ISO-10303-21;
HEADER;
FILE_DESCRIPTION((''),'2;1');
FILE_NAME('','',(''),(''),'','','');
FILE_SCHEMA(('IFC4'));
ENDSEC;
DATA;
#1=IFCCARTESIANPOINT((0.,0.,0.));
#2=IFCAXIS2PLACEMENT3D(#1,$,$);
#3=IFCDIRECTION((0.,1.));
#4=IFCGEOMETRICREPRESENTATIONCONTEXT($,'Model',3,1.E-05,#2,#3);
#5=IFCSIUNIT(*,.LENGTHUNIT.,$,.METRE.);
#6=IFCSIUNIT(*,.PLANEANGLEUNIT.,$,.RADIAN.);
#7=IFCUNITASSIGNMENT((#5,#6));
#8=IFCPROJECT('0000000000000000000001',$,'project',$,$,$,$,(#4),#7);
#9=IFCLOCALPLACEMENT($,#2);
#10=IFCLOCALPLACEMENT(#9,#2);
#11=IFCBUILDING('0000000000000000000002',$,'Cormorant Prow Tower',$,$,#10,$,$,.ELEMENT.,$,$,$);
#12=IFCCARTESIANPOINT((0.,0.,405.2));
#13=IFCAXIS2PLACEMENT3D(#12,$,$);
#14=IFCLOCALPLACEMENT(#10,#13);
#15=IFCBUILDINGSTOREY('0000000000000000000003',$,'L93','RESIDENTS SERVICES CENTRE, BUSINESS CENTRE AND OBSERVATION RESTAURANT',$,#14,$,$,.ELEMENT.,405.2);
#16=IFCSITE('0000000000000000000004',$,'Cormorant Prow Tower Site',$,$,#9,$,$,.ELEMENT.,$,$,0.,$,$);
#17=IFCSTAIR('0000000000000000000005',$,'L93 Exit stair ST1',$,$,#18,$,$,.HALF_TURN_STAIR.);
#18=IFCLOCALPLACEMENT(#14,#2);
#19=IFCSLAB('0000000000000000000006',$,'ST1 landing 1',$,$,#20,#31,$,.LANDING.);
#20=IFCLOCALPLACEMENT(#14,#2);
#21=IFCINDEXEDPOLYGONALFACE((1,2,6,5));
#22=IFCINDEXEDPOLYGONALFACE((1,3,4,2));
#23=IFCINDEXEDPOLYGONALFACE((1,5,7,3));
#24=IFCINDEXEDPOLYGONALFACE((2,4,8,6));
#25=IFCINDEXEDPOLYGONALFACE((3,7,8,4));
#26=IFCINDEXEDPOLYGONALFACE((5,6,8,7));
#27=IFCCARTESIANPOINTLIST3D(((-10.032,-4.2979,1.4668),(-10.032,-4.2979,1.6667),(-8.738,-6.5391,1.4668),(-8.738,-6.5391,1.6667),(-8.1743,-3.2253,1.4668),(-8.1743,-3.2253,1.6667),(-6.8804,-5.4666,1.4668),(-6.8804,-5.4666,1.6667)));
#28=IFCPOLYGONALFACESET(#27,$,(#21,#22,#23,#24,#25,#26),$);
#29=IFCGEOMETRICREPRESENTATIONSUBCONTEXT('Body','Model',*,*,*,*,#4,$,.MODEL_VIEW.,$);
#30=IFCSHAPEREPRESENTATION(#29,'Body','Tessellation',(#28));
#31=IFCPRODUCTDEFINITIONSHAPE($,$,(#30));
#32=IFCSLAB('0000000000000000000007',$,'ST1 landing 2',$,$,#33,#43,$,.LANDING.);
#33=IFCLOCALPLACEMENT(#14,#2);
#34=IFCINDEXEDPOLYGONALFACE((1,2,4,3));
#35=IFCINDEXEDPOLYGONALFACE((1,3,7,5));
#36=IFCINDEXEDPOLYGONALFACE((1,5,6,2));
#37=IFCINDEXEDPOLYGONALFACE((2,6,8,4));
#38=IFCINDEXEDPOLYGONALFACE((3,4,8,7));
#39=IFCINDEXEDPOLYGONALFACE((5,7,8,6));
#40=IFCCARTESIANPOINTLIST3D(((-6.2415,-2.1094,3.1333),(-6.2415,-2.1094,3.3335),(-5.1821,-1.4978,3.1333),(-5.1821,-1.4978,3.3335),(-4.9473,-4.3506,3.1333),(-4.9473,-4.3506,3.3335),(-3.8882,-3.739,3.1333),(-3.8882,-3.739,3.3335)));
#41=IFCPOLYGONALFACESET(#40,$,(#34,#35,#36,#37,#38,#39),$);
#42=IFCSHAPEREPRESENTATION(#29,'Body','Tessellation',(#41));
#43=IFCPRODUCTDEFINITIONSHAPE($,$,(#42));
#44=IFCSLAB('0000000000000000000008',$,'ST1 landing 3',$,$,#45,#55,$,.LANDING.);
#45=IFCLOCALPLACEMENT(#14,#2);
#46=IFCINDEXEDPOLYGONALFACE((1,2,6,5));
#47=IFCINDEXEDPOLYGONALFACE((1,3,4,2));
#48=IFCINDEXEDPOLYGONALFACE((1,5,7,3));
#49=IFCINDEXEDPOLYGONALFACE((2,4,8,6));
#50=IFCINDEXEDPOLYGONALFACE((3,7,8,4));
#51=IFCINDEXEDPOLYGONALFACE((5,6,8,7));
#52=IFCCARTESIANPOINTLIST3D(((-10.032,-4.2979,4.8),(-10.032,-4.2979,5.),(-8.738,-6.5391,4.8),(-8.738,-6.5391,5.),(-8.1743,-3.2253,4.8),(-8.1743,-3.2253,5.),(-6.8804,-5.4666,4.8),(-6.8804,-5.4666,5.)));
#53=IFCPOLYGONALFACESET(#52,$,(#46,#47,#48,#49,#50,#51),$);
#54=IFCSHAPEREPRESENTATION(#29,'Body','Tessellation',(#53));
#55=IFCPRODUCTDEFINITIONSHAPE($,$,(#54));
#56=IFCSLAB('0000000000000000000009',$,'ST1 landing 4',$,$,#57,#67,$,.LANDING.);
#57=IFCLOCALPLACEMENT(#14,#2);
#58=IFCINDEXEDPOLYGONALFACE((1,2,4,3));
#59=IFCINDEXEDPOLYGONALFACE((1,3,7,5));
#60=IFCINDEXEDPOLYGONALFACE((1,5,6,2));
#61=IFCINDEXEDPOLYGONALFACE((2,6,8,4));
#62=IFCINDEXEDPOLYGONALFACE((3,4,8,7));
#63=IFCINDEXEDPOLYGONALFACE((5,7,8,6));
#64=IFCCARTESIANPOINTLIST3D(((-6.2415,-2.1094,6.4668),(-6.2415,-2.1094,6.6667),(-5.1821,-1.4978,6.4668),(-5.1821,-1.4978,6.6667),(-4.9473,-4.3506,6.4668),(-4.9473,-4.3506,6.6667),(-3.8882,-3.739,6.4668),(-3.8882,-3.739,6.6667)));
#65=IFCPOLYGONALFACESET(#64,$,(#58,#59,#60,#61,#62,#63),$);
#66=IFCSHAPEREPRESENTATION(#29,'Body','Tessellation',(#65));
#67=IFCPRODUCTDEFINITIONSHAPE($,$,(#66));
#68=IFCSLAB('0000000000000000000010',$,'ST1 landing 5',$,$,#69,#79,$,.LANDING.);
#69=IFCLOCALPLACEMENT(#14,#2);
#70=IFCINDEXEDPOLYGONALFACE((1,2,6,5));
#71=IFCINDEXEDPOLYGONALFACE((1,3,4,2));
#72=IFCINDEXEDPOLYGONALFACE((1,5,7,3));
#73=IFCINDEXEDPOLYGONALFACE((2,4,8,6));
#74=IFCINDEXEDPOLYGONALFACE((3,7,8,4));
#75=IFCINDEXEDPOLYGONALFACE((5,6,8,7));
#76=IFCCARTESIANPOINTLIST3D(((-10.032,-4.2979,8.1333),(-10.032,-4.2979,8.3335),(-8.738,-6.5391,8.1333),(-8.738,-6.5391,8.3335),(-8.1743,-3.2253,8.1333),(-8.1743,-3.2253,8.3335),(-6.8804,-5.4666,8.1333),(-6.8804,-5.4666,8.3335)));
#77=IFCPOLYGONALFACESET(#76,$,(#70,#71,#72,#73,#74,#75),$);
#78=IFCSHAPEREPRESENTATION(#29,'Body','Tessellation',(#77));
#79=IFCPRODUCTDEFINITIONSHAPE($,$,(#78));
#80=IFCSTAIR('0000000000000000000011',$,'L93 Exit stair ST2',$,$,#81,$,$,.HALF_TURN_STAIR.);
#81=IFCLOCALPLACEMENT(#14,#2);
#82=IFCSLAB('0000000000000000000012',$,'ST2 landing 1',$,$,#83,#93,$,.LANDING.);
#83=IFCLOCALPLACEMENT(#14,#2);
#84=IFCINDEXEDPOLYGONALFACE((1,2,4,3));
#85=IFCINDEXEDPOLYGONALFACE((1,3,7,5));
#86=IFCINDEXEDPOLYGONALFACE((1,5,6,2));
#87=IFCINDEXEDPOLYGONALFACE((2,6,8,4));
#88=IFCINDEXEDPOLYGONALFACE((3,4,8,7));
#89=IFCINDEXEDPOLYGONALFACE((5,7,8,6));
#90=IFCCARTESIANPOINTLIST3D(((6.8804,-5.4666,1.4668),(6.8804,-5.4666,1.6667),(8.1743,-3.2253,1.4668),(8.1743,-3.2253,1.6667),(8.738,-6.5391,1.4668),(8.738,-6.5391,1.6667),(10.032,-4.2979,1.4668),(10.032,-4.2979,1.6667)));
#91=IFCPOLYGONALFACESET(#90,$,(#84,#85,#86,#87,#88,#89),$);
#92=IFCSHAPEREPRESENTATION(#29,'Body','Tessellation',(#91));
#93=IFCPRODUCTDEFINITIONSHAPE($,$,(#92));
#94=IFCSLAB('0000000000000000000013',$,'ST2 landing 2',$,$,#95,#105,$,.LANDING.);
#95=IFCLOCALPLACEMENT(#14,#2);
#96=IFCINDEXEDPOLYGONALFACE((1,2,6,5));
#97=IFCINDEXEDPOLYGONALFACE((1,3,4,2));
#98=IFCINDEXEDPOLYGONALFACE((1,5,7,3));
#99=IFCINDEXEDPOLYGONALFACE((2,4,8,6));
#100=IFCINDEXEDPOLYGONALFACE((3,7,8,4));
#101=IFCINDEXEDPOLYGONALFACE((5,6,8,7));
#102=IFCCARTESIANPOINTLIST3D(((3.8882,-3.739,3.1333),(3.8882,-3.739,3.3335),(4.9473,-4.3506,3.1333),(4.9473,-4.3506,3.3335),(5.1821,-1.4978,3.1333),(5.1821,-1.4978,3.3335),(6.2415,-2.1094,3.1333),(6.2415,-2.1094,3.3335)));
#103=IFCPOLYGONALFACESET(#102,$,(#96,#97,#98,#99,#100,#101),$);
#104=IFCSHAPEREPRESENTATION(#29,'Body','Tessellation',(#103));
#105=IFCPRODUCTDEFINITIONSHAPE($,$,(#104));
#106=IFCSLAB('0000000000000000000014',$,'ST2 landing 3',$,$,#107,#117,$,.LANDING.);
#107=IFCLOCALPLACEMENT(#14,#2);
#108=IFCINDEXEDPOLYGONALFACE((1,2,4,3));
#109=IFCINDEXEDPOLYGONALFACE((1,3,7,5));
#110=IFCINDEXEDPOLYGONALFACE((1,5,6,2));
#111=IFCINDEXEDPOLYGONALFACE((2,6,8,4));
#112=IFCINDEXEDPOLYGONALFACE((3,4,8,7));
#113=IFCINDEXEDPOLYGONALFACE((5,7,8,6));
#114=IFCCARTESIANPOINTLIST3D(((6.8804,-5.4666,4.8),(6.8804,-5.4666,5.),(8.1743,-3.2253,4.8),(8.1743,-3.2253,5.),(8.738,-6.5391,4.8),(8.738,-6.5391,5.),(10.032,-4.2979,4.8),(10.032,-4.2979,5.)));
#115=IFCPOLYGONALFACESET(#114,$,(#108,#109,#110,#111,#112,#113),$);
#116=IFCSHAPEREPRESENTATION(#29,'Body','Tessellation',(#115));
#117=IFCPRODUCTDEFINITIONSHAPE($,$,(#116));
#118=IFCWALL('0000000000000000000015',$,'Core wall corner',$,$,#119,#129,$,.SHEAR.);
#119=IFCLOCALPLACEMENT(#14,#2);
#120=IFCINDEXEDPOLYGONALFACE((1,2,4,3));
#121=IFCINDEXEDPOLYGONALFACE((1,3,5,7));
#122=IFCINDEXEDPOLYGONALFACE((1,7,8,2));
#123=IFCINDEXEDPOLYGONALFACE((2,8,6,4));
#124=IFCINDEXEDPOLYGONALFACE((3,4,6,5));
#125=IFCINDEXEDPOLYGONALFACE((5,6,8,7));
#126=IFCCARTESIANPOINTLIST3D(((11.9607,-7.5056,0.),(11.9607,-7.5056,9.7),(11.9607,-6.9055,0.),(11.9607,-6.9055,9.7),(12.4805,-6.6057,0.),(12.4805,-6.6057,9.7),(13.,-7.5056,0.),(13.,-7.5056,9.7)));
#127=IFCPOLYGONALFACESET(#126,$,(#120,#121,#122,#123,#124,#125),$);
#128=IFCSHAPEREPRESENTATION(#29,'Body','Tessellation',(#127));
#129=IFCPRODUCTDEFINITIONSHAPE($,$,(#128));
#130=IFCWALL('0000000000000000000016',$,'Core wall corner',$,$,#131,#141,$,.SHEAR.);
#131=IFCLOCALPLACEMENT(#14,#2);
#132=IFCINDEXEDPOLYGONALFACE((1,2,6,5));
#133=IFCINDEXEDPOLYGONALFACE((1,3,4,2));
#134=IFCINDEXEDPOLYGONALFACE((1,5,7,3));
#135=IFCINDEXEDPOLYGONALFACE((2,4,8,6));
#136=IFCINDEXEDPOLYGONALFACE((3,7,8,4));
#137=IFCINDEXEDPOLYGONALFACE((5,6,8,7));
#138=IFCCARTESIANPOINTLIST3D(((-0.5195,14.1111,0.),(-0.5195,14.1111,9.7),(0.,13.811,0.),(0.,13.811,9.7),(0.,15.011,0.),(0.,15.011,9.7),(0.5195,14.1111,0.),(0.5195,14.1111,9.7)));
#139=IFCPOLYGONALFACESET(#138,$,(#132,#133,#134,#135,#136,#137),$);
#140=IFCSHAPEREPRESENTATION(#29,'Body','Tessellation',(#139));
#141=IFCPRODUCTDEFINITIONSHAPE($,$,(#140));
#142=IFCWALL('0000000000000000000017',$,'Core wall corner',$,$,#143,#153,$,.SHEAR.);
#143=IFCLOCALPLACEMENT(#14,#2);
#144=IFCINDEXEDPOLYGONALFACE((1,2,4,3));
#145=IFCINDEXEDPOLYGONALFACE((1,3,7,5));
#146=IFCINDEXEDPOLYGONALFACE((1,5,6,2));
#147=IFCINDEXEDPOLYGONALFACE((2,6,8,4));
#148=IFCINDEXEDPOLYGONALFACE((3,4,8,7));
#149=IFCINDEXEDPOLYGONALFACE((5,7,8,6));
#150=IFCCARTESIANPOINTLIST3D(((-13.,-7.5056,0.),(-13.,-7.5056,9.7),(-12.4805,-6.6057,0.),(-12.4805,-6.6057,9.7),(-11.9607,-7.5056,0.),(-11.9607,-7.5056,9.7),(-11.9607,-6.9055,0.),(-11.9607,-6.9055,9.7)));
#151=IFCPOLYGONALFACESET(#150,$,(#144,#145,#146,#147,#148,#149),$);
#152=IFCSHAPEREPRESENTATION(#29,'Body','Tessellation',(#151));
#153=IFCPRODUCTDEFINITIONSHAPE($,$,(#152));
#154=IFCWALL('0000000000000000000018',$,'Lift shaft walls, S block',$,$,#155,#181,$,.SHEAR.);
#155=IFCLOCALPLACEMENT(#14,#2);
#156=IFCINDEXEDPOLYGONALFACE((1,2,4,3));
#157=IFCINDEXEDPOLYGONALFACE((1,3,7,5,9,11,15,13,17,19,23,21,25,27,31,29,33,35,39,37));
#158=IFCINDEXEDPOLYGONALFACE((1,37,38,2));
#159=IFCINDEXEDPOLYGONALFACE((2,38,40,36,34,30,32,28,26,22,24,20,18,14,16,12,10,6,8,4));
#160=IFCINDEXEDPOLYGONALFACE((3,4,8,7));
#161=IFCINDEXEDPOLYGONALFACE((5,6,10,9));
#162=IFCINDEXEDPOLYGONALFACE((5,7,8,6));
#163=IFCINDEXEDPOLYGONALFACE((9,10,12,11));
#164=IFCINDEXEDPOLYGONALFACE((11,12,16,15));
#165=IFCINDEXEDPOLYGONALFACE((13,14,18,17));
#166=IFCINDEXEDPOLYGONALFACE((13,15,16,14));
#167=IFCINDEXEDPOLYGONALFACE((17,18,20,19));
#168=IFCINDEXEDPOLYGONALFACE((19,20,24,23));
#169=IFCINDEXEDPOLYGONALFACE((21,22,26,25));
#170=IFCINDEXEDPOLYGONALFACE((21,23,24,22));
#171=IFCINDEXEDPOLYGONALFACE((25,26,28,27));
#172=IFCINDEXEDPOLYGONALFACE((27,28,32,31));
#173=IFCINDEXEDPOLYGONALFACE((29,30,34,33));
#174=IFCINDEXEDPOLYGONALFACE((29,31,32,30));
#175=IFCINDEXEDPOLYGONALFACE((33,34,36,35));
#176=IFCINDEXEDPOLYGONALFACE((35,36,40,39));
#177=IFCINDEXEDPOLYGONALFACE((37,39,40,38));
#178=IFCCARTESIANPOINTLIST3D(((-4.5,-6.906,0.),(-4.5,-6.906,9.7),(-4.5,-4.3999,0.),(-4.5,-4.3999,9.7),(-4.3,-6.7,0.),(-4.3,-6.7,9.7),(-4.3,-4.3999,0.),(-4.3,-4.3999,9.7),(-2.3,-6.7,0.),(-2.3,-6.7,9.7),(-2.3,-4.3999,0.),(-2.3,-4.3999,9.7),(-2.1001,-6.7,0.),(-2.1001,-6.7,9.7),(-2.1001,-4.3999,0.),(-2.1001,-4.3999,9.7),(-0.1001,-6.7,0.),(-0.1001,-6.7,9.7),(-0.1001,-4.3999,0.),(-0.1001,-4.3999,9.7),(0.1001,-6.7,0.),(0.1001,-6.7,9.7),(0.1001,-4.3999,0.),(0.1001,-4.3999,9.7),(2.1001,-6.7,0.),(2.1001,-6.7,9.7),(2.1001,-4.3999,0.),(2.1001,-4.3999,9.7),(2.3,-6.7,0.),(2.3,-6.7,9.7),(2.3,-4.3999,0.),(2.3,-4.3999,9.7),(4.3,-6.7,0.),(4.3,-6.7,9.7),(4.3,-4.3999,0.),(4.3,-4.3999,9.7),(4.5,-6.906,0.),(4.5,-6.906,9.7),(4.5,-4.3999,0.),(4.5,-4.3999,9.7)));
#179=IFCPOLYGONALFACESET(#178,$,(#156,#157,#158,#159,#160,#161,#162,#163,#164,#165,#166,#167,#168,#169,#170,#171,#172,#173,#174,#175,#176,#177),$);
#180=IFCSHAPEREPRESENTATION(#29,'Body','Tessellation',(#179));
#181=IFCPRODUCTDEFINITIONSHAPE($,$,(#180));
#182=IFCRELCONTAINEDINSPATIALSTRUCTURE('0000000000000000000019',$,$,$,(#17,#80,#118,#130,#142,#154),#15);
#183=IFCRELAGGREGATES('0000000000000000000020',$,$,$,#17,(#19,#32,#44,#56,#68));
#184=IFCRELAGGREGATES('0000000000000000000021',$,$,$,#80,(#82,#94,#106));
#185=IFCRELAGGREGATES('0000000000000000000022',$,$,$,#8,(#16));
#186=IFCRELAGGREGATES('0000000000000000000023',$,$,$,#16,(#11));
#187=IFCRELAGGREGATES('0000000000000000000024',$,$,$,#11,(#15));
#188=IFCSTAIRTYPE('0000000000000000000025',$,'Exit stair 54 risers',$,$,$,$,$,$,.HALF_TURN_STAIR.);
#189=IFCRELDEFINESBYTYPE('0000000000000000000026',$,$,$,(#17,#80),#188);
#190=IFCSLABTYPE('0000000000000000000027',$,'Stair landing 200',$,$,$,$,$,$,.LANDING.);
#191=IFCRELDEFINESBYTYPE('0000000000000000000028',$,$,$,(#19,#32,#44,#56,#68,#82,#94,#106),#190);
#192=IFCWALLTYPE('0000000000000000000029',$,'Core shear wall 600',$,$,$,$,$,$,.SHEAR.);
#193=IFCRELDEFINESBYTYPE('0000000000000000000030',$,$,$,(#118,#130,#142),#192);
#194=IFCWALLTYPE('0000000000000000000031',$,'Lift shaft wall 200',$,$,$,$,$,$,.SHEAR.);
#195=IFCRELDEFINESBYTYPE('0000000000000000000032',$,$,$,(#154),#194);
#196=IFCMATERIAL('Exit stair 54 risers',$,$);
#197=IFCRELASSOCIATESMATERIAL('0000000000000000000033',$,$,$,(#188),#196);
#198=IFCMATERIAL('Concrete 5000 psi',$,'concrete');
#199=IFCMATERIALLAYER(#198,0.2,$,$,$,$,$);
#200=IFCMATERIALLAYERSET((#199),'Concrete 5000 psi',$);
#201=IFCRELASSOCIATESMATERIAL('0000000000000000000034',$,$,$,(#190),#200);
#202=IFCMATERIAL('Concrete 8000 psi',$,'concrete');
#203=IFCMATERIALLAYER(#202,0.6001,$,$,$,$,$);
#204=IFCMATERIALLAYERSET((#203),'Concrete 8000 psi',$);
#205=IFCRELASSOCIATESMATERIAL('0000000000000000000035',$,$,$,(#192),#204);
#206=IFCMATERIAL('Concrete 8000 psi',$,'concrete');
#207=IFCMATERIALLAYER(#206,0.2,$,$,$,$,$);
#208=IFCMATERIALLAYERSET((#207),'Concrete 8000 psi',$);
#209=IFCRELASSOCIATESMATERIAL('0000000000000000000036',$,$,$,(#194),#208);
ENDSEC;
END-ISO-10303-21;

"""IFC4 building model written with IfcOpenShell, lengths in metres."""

from ifc_helpers import new_model, si_unit, direction, frame, origin, place, context, subcontext, project, spatial, polyline, outline, extrude, material, layer, layer_set, type_object, element, aggregate, save


model = new_model("IFC4")

# Units and contexts
model_context = context("Model", 3, precision=1e-05, world=origin(), true_north=direction((0.0, 1.0)))
body_context = subcontext(model_context, "Body", "Model", "MODEL_VIEW")
ifc_project = project(units=[si_unit("LENGTHUNIT", "METRE"), si_unit("PLANEANGLEUNIT", "RADIAN")], contexts=[model_context])

# Site, building, storey
site_placement = place(None, origin())
site = spatial("IfcSite", under=ifc_project, at=site_placement, Name="Cormorant Prow Tower Site", CompositionType="ELEMENT", RefElevation=0.0)
building_placement = place(site_placement, origin())
building = spatial("IfcBuilding", under=site, at=building_placement, Name="Cormorant Prow Tower", CompositionType="ELEMENT")
storey_placement = place(building_placement, frame((0.0, 0.0, 405.2)))
storey = spatial("IfcBuildingStorey", under=building, at=storey_placement, Name="L93", Description="RESIDENTS SERVICES CENTRE, BUSINESS CENTRE AND OBSERVATION RESTAURANT", CompositionType="ELEMENT", Elevation=405.2)

# Stairs, slabs
ifc_material_1 = material(Name="Exit stair 54 risers")
stair_type = type_object("IfcStairType", Name="Exit stair 54 risers", PredefinedType="HALF_TURN_STAIR", material=ifc_material_1)
stair_1_placement = place(storey_placement, origin())
stair_1 = element("IfcStair", 1, at=stair_1_placement, inside=storey, type_object=stair_type, Name="L93 Exit stair ST1", PredefinedType="HALF_TURN_STAIR")
ifc_material_2 = material(Name="Concrete 5000 psi", Category="concrete")
ifc_layer_1 = layer(ifc_material_2, 0.2)
ifc_layer_set_1 = layer_set([ifc_layer_1], Name="Concrete 5000 psi")
slab_type = type_object("IfcSlabType", Name="Stair landing 200", PredefinedType="LANDING", material=ifc_layer_set_1)
slab_1_placement = place(storey_placement, frame((0.0, 0.0, 1.4668)))
slab_1 = element("IfcSlab", 2, at=slab_1_placement, type_object=slab_type, Name="ST1 landing 1", PredefinedType="LANDING", context=body_context, shape_type="SweptSolid", body=[
    extrude(outline(polyline([(-8.1743, -3.2253), (-10.032, -4.2979), (-8.738, -6.5391), (-6.8804, -5.4666), (-8.1743, -3.2253)])), origin(), (0.0, 0.0, 1.0), 0.2),
])
slab_2_placement = place(storey_placement, frame((0.0, 0.0, 3.1333)))
slab_2 = element("IfcSlab", 3, at=slab_2_placement, type_object=slab_type, Name="ST1 landing 2", PredefinedType="LANDING", context=body_context, shape_type="SweptSolid", body=[
    extrude(outline(polyline([(-5.1821, -1.4978), (-6.2415, -2.1094), (-4.9473, -4.3506), (-3.8882, -3.739), (-5.1821, -1.4978)])), origin(), (0.0, 0.0, 1.0), 0.2002),
])
slab_3_placement = place(storey_placement, frame((0.0, 0.0, 4.8)))
slab_3 = element("IfcSlab", 4, at=slab_3_placement, type_object=slab_type, Name="ST1 landing 3", PredefinedType="LANDING", context=body_context, shape_type="SweptSolid", body=[
    extrude(outline(polyline([(-8.1743, -3.2253), (-10.032, -4.2979), (-8.738, -6.5391), (-6.8804, -5.4666), (-8.1743, -3.2253)])), origin(), (0.0, 0.0, 1.0), 0.2),
])
slab_4_placement = place(storey_placement, frame((0.0, 0.0, 6.4668)))
slab_4 = element("IfcSlab", 5, at=slab_4_placement, type_object=slab_type, Name="ST1 landing 4", PredefinedType="LANDING", context=body_context, shape_type="SweptSolid", body=[
    extrude(outline(polyline([(-5.1821, -1.4978), (-6.2415, -2.1094), (-4.9473, -4.3506), (-3.8882, -3.739), (-5.1821, -1.4978)])), origin(), (0.0, 0.0, 1.0), 0.2),
])
slab_5_placement = place(storey_placement, frame((0.0, 0.0, 8.1333)))
slab_5 = element("IfcSlab", 6, at=slab_5_placement, type_object=slab_type, Name="ST1 landing 5", PredefinedType="LANDING", context=body_context, shape_type="SweptSolid", body=[
    extrude(outline(polyline([(-8.1743, -3.2253), (-10.032, -4.2979), (-8.738, -6.5391), (-6.8804, -5.4666), (-8.1743, -3.2253)])), origin(), (0.0, 0.0, 1.0), 0.2002),
])
aggregate(stair_1, [slab_1, slab_2, slab_3, slab_4, slab_5])
stair_2_placement = place(storey_placement, origin())
stair_2 = element("IfcStair", 7, at=stair_2_placement, inside=storey, type_object=stair_type, Name="L93 Exit stair ST2", PredefinedType="HALF_TURN_STAIR")
slab_6_placement = place(storey_placement, frame((0.0, 0.0, 1.4668)))
slab_6 = element("IfcSlab", 8, at=slab_6_placement, type_object=slab_type, Name="ST2 landing 1", PredefinedType="LANDING", context=body_context, shape_type="SweptSolid", body=[
    extrude(outline(polyline([(6.8804, -5.4666), (8.738, -6.5391), (10.032, -4.2979), (8.1743, -3.2253), (6.8804, -5.4666)])), origin(), (0.0, 0.0, 1.0), 0.2),
])
slab_7_placement = place(storey_placement, frame((0.0, 0.0, 3.1333)))
slab_7 = element("IfcSlab", 9, at=slab_7_placement, type_object=slab_type, Name="ST2 landing 2", PredefinedType="LANDING", context=body_context, shape_type="SweptSolid", body=[
    extrude(outline(polyline([(3.8882, -3.739), (4.9473, -4.3506), (6.2415, -2.1094), (5.1821, -1.4978), (3.8882, -3.739)])), origin(), (0.0, 0.0, 1.0), 0.2002),
])
slab_8_placement = place(storey_placement, frame((0.0, 0.0, 4.8)))
slab_8 = element("IfcSlab", 10, at=slab_8_placement, type_object=slab_type, Name="ST2 landing 3", PredefinedType="LANDING", context=body_context, shape_type="SweptSolid", body=[
    extrude(outline(polyline([(6.8804, -5.4666), (8.738, -6.5391), (10.032, -4.2979), (8.1743, -3.2253), (6.8804, -5.4666)])), origin(), (0.0, 0.0, 1.0), 0.2),
])
aggregate(stair_2, [slab_6, slab_7, slab_8])

# Walls
ifc_material_3 = material(Name="Concrete 8000 psi", Category="concrete")
ifc_layer_2 = layer(ifc_material_3, 0.6001)
ifc_layer_set_2 = layer_set([ifc_layer_2], Name="Concrete 8000 psi")
wall_type_1 = type_object("IfcWallType", Name="Core shear wall 600", PredefinedType="SHEAR", material=ifc_layer_set_2)
wall_1_placement = place(storey_placement, origin())
element("IfcWall", 11, at=wall_1_placement, inside=storey, type_object=wall_type_1, Name="Core wall corner", PredefinedType="SHEAR", context=body_context, shape_type="SweptSolid", body=[
    extrude(outline(polyline([(11.9607, -7.5056), (11.9607, -6.9055), (12.4805, -6.6057), (13.0, -7.5056), (11.9607, -7.5056)])), origin(), (0.0, 0.0, 1.0), 9.7),
])
wall_2_placement = place(storey_placement, origin())
element("IfcWall", 12, at=wall_2_placement, inside=storey, type_object=wall_type_1, Name="Core wall corner", PredefinedType="SHEAR", context=body_context, shape_type="SweptSolid", body=[
    extrude(outline(polyline([(-0.5195, 14.1111), (0.0, 15.011), (0.5195, 14.1111), (0.0, 13.811), (-0.5195, 14.1111)])), origin(), (0.0, 0.0, 1.0), 9.7),
])
wall_3_placement = place(storey_placement, origin())
element("IfcWall", 13, at=wall_3_placement, inside=storey, type_object=wall_type_1, Name="Core wall corner", PredefinedType="SHEAR", context=body_context, shape_type="SweptSolid", body=[
    extrude(outline(polyline([(-12.4805, -6.6057), (-11.9607, -6.9055), (-11.9607, -7.5056), (-13.0, -7.5056), (-12.4805, -6.6057)])), origin(), (0.0, 0.0, 1.0), 9.7),
])
ifc_material_4 = material(Name="Concrete 8000 psi", Category="concrete")
ifc_layer_3 = layer(ifc_material_4, 0.2)
ifc_layer_set_3 = layer_set([ifc_layer_3], Name="Concrete 8000 psi")
wall_type_2 = type_object("IfcWallType", Name="Lift shaft wall 200", PredefinedType="SHEAR", material=ifc_layer_set_3)
wall_4_placement = place(storey_placement, origin())
element("IfcWall", 14, at=wall_4_placement, inside=storey, type_object=wall_type_2, Name="Lift shaft walls, S block", PredefinedType="SHEAR", context=body_context, shape_type="SweptSolid", body=[
    extrude(outline(polyline([(4.5, -4.3999), (4.5, -6.906), (-4.5, -6.906), (-4.5, -4.3999), (-4.3, -4.3999), (-4.3, -6.7), (-2.3, -6.7), (-2.3, -4.3999), (-2.1001, -4.3999), (-2.1001, -6.7), (-0.1001, -6.7), (-0.1001, -4.3999), (0.1001, -4.3999), (0.1001, -6.7), (2.1001, -6.7), (2.1001, -4.3999), (2.3, -4.3999), (2.3, -6.7), (4.3, -6.7), (4.3, -4.3999), (4.5, -4.3999)])), origin(), (0.0, 0.0, 1.0), 9.7),
])

save(model, "model.ifc")
